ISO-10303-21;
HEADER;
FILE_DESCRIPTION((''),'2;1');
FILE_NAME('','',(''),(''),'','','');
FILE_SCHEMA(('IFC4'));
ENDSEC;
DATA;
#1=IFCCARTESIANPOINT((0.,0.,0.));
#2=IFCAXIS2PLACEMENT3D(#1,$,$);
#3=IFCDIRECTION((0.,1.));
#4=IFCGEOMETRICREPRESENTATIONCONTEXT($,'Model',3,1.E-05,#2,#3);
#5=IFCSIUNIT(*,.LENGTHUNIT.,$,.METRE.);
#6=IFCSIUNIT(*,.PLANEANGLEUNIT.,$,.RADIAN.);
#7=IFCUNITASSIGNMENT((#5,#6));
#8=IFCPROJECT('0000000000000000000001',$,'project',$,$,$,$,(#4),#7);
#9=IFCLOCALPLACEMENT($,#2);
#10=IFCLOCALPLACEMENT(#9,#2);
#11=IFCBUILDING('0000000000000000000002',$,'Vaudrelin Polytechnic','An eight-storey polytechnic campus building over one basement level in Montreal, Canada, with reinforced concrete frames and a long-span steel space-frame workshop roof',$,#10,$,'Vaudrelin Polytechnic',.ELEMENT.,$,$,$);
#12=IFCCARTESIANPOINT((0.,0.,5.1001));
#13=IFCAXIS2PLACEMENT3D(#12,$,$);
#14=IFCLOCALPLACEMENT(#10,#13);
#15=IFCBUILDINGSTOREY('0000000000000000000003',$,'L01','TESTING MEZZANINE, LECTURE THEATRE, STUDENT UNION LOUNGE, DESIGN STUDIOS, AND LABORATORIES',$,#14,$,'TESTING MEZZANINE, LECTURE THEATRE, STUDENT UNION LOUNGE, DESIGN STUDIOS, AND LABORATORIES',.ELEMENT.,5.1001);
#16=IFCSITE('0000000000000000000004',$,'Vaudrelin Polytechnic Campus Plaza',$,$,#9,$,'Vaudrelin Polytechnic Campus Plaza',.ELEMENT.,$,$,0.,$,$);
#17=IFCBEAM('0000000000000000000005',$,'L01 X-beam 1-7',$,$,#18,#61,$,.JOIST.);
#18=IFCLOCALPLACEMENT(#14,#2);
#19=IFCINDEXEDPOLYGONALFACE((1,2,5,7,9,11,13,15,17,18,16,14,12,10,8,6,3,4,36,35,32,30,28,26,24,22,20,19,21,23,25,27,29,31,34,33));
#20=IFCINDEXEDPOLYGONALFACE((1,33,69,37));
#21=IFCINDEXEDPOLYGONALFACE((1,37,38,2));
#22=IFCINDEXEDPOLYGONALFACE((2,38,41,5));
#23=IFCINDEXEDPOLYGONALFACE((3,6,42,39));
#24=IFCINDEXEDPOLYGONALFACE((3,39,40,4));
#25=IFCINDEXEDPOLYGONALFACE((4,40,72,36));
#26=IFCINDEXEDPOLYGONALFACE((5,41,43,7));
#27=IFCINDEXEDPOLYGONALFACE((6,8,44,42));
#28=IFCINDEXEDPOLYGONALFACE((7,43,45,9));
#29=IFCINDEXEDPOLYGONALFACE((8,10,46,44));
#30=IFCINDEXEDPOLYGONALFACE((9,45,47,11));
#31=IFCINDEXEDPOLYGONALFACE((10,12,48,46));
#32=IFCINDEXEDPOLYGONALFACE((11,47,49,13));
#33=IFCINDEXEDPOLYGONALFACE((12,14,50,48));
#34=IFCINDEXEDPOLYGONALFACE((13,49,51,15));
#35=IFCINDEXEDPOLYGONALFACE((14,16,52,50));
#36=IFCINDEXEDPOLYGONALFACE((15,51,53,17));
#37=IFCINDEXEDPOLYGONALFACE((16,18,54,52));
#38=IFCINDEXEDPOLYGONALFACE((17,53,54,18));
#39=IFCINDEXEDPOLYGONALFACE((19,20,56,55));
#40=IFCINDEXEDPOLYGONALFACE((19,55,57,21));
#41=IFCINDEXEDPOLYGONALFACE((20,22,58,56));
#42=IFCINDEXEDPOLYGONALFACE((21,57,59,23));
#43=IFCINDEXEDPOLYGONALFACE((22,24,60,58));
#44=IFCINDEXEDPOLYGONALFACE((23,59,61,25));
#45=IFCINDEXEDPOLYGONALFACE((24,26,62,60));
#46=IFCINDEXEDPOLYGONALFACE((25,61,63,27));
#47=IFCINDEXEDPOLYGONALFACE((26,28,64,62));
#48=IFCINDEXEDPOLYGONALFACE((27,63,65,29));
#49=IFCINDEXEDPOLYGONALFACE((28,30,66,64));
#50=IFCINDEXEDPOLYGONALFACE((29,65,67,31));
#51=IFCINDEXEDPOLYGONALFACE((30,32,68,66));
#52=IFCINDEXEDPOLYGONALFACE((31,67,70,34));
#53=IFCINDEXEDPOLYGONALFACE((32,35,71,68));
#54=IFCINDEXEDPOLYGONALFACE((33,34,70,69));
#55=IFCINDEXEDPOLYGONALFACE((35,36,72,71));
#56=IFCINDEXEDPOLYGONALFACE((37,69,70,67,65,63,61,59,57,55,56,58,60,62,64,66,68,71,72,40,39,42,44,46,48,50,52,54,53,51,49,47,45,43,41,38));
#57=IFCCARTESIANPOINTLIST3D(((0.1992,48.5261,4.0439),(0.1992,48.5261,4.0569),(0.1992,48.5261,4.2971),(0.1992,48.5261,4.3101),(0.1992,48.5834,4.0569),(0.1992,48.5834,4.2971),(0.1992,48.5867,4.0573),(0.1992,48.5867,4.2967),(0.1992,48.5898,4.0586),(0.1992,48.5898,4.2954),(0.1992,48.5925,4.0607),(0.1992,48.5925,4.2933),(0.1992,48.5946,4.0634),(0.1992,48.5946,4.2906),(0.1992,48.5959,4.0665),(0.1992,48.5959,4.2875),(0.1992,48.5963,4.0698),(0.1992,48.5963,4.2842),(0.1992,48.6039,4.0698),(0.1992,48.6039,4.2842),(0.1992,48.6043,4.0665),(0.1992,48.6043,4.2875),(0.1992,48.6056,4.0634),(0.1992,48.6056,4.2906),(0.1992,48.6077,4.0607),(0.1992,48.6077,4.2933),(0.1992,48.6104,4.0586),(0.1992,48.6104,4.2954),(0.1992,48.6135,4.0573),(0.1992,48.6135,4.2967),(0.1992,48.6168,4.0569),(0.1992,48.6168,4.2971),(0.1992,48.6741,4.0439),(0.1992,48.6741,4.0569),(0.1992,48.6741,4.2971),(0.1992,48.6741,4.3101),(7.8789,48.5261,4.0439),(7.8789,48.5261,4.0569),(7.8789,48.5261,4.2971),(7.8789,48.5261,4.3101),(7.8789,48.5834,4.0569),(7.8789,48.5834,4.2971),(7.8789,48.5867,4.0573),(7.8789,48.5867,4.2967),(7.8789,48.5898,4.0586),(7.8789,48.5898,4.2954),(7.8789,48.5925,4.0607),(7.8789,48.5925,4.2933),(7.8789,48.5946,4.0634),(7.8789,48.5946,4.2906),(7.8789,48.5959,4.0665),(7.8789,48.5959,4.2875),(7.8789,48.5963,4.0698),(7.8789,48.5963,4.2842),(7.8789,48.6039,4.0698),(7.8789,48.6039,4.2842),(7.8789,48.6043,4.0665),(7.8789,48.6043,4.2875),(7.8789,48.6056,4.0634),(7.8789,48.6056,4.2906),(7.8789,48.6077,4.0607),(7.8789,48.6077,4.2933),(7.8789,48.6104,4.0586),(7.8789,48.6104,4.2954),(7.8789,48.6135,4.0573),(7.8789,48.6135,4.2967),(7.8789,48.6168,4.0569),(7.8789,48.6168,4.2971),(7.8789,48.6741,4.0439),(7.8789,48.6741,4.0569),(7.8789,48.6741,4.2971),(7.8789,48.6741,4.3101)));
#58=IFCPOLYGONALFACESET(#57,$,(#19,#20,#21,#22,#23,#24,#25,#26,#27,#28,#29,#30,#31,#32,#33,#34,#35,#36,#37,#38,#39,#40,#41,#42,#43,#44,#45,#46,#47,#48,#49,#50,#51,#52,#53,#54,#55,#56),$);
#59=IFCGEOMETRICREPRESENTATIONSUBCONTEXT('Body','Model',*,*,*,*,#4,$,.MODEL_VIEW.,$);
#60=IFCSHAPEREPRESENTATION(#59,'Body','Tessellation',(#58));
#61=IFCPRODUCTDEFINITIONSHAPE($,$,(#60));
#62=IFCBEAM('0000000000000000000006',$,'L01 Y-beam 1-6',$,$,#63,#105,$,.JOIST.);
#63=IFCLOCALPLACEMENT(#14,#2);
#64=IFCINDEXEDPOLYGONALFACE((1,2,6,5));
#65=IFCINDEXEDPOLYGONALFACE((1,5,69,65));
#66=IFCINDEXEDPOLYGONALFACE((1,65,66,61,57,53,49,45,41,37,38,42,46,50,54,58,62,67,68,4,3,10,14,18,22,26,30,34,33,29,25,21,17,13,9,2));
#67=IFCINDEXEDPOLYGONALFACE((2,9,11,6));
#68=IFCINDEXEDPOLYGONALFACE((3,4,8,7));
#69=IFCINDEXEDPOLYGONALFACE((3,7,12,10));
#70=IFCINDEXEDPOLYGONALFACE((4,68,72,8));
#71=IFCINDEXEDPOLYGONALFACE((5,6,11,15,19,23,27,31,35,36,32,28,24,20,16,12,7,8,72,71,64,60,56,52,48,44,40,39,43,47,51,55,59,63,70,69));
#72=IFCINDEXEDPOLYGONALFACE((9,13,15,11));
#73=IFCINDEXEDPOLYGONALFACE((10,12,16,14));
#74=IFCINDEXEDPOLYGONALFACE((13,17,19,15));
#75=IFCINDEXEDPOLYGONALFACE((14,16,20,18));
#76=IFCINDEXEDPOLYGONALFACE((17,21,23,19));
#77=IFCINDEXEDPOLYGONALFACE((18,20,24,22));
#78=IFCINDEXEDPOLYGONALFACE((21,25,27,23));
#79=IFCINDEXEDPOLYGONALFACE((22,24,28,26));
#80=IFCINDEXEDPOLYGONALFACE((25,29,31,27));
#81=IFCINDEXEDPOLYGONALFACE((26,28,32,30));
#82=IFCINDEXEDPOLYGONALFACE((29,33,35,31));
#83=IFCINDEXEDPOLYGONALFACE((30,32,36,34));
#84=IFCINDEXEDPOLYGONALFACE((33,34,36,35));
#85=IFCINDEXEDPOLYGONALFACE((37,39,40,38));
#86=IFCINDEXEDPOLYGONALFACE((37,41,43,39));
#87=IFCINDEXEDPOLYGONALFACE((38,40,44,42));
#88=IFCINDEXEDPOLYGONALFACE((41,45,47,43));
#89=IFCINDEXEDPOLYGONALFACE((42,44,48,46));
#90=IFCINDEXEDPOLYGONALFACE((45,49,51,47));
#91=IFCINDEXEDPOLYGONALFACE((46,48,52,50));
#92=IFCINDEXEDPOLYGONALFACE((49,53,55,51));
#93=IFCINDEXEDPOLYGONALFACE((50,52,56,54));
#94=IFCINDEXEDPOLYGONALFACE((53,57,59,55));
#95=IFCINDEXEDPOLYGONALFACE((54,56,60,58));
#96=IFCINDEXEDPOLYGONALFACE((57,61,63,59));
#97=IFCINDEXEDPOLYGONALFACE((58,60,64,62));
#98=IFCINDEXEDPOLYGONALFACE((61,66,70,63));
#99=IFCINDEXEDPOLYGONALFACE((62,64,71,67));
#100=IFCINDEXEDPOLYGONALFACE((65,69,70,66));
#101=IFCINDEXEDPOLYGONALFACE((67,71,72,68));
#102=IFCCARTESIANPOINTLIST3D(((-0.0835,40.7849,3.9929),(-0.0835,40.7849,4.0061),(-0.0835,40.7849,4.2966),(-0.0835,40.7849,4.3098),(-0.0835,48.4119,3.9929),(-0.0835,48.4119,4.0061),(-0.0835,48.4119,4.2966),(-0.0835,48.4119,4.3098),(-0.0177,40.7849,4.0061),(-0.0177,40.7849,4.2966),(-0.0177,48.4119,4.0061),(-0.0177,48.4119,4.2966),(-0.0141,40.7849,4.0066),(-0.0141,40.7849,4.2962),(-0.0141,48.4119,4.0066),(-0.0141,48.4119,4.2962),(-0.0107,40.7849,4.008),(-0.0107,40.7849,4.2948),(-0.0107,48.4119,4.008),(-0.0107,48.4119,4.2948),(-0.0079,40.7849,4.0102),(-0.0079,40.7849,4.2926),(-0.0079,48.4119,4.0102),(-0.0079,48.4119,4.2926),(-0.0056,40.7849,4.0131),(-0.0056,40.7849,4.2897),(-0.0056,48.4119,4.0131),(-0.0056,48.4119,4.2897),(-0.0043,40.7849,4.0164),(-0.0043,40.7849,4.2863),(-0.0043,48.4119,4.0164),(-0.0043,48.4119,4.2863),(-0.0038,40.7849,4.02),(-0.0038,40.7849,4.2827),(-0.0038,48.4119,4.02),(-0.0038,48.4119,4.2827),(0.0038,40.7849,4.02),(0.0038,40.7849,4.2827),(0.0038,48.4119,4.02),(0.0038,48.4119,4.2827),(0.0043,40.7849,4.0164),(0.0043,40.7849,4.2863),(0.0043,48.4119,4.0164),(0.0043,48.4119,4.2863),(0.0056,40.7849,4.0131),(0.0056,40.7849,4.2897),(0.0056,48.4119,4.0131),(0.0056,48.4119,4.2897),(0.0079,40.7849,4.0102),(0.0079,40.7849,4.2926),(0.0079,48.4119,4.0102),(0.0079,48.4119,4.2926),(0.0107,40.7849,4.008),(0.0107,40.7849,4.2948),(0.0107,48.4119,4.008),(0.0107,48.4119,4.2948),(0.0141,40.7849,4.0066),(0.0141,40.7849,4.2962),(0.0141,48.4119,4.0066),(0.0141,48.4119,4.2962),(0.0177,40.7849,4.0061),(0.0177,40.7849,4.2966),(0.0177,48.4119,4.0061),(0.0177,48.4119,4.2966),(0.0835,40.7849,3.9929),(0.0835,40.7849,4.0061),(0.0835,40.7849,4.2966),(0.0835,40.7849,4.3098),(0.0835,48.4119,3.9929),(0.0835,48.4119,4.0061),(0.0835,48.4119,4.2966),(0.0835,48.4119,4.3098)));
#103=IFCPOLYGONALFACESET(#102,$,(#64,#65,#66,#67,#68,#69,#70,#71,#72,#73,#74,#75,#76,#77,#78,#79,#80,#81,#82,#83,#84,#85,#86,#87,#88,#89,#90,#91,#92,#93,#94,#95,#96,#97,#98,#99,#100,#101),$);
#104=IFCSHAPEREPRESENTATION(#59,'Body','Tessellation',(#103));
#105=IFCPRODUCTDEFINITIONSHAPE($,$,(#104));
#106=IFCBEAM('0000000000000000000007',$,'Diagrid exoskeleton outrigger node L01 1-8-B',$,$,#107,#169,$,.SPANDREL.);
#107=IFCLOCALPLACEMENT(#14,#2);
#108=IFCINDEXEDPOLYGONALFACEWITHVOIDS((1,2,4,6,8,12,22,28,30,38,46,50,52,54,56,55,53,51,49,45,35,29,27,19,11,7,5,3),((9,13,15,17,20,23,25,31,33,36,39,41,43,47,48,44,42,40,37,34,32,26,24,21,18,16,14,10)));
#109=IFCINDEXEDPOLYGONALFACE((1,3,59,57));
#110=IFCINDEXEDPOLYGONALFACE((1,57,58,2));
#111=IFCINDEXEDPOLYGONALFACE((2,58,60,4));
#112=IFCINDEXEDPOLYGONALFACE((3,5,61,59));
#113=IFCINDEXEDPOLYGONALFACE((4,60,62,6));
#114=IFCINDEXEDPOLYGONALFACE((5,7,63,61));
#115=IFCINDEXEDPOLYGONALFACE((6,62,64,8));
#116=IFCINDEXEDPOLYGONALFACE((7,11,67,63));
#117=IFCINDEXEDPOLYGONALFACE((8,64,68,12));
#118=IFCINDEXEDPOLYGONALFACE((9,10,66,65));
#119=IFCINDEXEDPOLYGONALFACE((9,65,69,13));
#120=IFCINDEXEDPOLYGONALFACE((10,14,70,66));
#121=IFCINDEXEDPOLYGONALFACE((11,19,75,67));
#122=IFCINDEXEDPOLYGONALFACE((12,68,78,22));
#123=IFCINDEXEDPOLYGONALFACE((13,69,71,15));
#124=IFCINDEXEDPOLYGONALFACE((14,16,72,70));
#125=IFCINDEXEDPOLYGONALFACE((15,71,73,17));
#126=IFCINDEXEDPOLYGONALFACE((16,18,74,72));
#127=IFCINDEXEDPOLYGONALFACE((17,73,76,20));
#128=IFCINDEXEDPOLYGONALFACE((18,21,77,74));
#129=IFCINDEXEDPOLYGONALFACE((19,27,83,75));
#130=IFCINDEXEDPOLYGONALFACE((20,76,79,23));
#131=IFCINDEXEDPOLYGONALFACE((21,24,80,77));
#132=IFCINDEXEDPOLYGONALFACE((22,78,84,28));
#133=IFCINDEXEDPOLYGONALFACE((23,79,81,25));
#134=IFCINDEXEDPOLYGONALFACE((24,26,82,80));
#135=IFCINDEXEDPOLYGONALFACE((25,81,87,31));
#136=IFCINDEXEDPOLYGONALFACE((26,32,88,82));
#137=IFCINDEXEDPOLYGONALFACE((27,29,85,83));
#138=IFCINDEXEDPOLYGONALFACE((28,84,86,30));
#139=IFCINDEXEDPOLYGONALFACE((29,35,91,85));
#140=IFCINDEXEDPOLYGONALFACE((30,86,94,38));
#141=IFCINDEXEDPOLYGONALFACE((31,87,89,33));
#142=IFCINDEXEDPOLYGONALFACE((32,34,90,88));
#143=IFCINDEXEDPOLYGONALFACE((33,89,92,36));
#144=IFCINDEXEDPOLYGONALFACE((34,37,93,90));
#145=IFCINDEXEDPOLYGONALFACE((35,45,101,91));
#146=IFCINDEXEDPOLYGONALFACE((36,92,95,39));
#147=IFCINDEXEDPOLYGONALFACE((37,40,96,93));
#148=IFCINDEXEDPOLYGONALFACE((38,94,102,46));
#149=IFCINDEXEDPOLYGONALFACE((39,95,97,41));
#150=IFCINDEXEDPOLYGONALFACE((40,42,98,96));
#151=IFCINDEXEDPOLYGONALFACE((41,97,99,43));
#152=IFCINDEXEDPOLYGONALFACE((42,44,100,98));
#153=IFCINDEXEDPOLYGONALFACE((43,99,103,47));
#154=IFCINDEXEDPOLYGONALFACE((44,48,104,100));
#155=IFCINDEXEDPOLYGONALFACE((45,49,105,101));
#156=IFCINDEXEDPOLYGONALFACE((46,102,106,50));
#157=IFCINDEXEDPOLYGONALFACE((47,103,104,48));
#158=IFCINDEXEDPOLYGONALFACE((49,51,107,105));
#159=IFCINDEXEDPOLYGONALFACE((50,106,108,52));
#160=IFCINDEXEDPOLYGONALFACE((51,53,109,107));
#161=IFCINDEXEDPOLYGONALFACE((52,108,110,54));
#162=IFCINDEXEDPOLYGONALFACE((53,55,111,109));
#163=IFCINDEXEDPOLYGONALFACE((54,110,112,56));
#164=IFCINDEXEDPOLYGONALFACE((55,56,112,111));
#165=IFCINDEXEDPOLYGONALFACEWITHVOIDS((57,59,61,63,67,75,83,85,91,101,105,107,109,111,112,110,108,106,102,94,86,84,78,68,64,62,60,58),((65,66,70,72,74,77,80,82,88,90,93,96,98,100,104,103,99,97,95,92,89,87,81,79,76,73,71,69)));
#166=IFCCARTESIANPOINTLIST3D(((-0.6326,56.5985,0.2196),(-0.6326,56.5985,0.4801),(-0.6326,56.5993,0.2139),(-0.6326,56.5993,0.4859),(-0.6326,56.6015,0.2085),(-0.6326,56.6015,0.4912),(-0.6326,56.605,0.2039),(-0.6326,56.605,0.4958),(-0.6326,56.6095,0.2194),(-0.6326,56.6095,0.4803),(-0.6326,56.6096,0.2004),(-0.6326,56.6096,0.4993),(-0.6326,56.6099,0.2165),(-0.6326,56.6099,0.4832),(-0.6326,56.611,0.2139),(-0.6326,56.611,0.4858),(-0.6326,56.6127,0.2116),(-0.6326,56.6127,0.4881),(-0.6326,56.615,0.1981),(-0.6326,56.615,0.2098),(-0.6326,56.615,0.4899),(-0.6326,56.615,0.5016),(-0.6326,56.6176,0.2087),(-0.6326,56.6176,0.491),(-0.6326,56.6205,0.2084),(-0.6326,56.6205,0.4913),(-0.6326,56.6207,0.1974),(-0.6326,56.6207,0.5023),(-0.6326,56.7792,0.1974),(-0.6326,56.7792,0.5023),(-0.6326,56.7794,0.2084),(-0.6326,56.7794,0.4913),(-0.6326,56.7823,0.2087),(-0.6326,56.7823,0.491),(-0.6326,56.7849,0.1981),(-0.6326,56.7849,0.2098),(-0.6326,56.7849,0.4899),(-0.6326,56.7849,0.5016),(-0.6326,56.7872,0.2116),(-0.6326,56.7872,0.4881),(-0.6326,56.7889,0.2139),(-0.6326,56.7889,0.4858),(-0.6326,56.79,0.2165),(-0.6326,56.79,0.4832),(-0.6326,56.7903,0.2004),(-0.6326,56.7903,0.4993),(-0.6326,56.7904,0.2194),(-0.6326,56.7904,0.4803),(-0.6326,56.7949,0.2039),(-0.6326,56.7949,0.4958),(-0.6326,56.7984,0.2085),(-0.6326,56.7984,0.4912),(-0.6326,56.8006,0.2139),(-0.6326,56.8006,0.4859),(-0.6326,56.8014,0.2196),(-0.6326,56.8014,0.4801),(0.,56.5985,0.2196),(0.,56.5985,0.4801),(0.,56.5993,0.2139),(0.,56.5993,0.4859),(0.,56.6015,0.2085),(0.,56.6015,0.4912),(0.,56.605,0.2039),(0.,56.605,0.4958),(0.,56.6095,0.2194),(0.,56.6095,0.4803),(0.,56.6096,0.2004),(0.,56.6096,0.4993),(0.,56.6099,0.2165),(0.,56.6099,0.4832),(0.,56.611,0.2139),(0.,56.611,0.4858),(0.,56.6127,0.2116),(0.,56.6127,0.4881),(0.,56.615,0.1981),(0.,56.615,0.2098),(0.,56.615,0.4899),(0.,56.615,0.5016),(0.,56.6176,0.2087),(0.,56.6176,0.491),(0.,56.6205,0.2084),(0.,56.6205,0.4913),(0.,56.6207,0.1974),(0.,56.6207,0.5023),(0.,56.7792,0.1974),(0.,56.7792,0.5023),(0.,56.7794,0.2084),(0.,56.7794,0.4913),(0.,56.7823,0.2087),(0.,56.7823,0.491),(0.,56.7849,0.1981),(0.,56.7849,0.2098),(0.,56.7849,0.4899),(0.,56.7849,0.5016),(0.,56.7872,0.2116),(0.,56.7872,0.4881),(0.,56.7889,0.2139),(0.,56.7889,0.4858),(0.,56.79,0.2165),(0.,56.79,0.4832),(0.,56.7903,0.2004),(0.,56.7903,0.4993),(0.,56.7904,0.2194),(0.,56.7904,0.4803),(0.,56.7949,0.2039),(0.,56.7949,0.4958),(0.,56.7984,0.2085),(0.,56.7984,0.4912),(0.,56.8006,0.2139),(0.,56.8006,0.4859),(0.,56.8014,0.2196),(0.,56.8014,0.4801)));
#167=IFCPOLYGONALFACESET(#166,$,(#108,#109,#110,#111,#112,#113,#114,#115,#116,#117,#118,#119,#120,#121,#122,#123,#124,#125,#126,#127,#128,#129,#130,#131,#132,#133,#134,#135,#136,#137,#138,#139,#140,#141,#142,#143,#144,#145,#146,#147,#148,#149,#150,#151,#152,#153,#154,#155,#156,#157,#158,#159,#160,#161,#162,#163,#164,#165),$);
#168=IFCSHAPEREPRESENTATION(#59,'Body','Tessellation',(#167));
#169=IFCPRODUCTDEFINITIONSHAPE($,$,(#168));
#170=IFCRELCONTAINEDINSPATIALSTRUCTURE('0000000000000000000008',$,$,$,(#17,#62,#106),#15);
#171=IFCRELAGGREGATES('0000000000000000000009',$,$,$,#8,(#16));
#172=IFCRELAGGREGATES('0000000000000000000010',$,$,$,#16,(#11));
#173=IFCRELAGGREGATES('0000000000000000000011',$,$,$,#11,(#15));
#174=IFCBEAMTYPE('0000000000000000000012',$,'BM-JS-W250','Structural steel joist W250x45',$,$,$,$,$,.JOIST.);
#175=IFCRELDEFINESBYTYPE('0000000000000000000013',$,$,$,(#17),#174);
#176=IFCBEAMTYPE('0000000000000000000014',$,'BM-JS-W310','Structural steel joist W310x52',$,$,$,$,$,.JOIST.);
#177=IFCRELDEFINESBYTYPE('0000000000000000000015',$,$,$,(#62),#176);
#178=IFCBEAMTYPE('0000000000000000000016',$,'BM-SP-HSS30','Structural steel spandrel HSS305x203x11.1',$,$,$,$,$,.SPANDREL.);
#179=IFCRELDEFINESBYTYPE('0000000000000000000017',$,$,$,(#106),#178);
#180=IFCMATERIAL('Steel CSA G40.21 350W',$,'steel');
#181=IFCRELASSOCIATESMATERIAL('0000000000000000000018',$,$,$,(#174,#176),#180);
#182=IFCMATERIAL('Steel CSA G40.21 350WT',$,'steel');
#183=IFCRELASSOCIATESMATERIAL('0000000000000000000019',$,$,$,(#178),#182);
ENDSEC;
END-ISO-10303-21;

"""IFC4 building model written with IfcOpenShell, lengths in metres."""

from ifc_helpers import new_model, si_unit, direction, frame, origin, origin_2d, place, context, subcontext, project, spatial, hollow_rectangle, i_section, extrude, material, material_profile, profile_set, type_object, element, save


model = new_model("IFC4")

# Units and contexts
model_context = context("Model", 3, precision=1e-05, world=origin(), true_north=direction((0.0, 1.0)))
body_context = subcontext(model_context, "Body", "Model", "MODEL_VIEW")
ifc_project = project(units=[si_unit("LENGTHUNIT", "METRE"), si_unit("PLANEANGLEUNIT", "RADIAN")], contexts=[model_context])

# Site, building, storey
site_placement = place(None, origin())
site = spatial("IfcSite", under=ifc_project, at=site_placement, Name="Vaudrelin Polytechnic Campus Plaza", LongName="Vaudrelin Polytechnic Campus Plaza", CompositionType="ELEMENT", RefElevation=0.0)
building_placement = place(site_placement, origin())
building = spatial("IfcBuilding", under=site, at=building_placement, Name="Vaudrelin Polytechnic", Description="An eight-storey polytechnic campus building over one basement level in Montreal, Canada, with reinforced concrete frames and a long-span steel space-frame workshop roof", LongName="Vaudrelin Polytechnic", CompositionType="ELEMENT")
storey_placement = place(building_placement, frame((0.0, 0.0, 5.1001)))
storey = spatial("IfcBuildingStorey", under=building, at=storey_placement, Name="L01", Description="TESTING MEZZANINE, LECTURE THEATRE, STUDENT UNION LOUNGE, DESIGN STUDIOS, AND LABORATORIES", LongName="TESTING MEZZANINE, LECTURE THEATRE, STUDENT UNION LOUNGE, DESIGN STUDIOS, AND LABORATORIES", CompositionType="ELEMENT", Elevation=5.1001)

# Shared definitions
ifc_material_1 = material(Name="Steel CSA G40.21 350WT", Category="steel")

# Beams
ifc_material_2 = material(Name="Steel CSA G40.21 350W", Category="steel")
ifc_material_profile_1 = material_profile(ifc_material_2, i_section(OverallWidth=0.1479, OverallDepth=0.2661, WebThickness=0.0076, FlangeThickness=0.0129, FilletRadius=0.0129, at=origin_2d()), Name="W250x45")
ifc_profile_set_1 = profile_set([ifc_material_profile_1], Name="Steel CSA G40.21 350W")
beam_type_1 = type_object("IfcBeamType", Name="BM-JS-W250", Description="Structural steel joist W250x45", PredefinedType="JOIST", material=ifc_profile_set_1)
beam_1_placement = place(storey_placement, frame((0.1992, 48.6001, 4.177), z_axis=(1.0, 0.0, 0.0), x_axis=(0.0, 1.0, 0.0)))
element("IfcBeam", 1, at=beam_1_placement, inside=storey, type_object=beam_type_1, Name="L01 X-beam 1-7", PredefinedType="JOIST", context=body_context, shape_type="SweptSolid", body=[
    extrude(i_section(OverallWidth=0.1479, OverallDepth=0.2661, WebThickness=0.0076, FlangeThickness=0.0129, FilletRadius=0.0129, at=origin_2d()), origin(), (0.0, 0.0, 1.0), 7.6797),
])
ifc_material_profile_2 = material_profile(ifc_material_2, i_section(OverallWidth=0.167, OverallDepth=0.3169, WebThickness=0.0076, FlangeThickness=0.0132, FilletRadius=0.0139, at=origin_2d()), Name="W310x52")
ifc_profile_set_2 = profile_set([ifc_material_profile_2], Name="Steel CSA G40.21 350W")
beam_type_2 = type_object("IfcBeamType", Name="BM-JS-W310", Description="Structural steel joist W310x52", PredefinedType="JOIST", material=ifc_profile_set_2)
beam_2_placement = place(storey_placement, frame((0.0, 40.7849, 4.1514), z_axis=(0.0, 1.0, 0.0), x_axis=(-1.0, 0.0, 0.0)))
element("IfcBeam", 2, at=beam_2_placement, inside=storey, type_object=beam_type_2, Name="L01 Y-beam 1-6", PredefinedType="JOIST", context=body_context, shape_type="SweptSolid", body=[
    extrude(i_section(OverallWidth=0.167, OverallDepth=0.3169, WebThickness=0.0076, FlangeThickness=0.0132, FilletRadius=0.0139, at=origin_2d()), origin(), (0.0, 0.0, 1.0), 7.627),
])
ifc_material_profile_3 = material_profile(ifc_material_1, hollow_rectangle(XDim=0.2029, YDim=0.3049, WallThickness=0.011, InnerFilletRadius=0.011, OuterFilletRadius=0.0222, at=origin_2d()), Name="HSS305x203x11.1")
ifc_profile_set_3 = profile_set([ifc_material_profile_3], Name="Steel CSA G40.21 350WT")
beam_type_3 = type_object("IfcBeamType", Name="BM-SP-HSS30", Description="Structural steel spandrel HSS305x203x11.1", PredefinedType="SPANDREL", material=ifc_profile_set_3)
for number, where, z_axis, x_axis, name in (
    (3, (0.0, 56.7, 0.3499), (-1.0, 0.0, 0.0), (0.0, -1.0, 0.0), "Diagrid exoskeleton outrigger node L01 1-8-B"),
):
    element("IfcBeam", number, at=place(storey_placement, frame(where, z_axis=z_axis, x_axis=x_axis)), inside=storey, type_object=beam_type_3, Name=name, PredefinedType="SPANDREL", context=body_context, shape_type="SweptSolid", body=[
        extrude(hollow_rectangle(XDim=0.2029, YDim=0.3049, WallThickness=0.011, InnerFilletRadius=0.011, OuterFilletRadius=0.0222, at=origin_2d()), origin(), (0.0, 0.0, 1.0), 0.6326),
    ])

save(model, "model.ifc")
